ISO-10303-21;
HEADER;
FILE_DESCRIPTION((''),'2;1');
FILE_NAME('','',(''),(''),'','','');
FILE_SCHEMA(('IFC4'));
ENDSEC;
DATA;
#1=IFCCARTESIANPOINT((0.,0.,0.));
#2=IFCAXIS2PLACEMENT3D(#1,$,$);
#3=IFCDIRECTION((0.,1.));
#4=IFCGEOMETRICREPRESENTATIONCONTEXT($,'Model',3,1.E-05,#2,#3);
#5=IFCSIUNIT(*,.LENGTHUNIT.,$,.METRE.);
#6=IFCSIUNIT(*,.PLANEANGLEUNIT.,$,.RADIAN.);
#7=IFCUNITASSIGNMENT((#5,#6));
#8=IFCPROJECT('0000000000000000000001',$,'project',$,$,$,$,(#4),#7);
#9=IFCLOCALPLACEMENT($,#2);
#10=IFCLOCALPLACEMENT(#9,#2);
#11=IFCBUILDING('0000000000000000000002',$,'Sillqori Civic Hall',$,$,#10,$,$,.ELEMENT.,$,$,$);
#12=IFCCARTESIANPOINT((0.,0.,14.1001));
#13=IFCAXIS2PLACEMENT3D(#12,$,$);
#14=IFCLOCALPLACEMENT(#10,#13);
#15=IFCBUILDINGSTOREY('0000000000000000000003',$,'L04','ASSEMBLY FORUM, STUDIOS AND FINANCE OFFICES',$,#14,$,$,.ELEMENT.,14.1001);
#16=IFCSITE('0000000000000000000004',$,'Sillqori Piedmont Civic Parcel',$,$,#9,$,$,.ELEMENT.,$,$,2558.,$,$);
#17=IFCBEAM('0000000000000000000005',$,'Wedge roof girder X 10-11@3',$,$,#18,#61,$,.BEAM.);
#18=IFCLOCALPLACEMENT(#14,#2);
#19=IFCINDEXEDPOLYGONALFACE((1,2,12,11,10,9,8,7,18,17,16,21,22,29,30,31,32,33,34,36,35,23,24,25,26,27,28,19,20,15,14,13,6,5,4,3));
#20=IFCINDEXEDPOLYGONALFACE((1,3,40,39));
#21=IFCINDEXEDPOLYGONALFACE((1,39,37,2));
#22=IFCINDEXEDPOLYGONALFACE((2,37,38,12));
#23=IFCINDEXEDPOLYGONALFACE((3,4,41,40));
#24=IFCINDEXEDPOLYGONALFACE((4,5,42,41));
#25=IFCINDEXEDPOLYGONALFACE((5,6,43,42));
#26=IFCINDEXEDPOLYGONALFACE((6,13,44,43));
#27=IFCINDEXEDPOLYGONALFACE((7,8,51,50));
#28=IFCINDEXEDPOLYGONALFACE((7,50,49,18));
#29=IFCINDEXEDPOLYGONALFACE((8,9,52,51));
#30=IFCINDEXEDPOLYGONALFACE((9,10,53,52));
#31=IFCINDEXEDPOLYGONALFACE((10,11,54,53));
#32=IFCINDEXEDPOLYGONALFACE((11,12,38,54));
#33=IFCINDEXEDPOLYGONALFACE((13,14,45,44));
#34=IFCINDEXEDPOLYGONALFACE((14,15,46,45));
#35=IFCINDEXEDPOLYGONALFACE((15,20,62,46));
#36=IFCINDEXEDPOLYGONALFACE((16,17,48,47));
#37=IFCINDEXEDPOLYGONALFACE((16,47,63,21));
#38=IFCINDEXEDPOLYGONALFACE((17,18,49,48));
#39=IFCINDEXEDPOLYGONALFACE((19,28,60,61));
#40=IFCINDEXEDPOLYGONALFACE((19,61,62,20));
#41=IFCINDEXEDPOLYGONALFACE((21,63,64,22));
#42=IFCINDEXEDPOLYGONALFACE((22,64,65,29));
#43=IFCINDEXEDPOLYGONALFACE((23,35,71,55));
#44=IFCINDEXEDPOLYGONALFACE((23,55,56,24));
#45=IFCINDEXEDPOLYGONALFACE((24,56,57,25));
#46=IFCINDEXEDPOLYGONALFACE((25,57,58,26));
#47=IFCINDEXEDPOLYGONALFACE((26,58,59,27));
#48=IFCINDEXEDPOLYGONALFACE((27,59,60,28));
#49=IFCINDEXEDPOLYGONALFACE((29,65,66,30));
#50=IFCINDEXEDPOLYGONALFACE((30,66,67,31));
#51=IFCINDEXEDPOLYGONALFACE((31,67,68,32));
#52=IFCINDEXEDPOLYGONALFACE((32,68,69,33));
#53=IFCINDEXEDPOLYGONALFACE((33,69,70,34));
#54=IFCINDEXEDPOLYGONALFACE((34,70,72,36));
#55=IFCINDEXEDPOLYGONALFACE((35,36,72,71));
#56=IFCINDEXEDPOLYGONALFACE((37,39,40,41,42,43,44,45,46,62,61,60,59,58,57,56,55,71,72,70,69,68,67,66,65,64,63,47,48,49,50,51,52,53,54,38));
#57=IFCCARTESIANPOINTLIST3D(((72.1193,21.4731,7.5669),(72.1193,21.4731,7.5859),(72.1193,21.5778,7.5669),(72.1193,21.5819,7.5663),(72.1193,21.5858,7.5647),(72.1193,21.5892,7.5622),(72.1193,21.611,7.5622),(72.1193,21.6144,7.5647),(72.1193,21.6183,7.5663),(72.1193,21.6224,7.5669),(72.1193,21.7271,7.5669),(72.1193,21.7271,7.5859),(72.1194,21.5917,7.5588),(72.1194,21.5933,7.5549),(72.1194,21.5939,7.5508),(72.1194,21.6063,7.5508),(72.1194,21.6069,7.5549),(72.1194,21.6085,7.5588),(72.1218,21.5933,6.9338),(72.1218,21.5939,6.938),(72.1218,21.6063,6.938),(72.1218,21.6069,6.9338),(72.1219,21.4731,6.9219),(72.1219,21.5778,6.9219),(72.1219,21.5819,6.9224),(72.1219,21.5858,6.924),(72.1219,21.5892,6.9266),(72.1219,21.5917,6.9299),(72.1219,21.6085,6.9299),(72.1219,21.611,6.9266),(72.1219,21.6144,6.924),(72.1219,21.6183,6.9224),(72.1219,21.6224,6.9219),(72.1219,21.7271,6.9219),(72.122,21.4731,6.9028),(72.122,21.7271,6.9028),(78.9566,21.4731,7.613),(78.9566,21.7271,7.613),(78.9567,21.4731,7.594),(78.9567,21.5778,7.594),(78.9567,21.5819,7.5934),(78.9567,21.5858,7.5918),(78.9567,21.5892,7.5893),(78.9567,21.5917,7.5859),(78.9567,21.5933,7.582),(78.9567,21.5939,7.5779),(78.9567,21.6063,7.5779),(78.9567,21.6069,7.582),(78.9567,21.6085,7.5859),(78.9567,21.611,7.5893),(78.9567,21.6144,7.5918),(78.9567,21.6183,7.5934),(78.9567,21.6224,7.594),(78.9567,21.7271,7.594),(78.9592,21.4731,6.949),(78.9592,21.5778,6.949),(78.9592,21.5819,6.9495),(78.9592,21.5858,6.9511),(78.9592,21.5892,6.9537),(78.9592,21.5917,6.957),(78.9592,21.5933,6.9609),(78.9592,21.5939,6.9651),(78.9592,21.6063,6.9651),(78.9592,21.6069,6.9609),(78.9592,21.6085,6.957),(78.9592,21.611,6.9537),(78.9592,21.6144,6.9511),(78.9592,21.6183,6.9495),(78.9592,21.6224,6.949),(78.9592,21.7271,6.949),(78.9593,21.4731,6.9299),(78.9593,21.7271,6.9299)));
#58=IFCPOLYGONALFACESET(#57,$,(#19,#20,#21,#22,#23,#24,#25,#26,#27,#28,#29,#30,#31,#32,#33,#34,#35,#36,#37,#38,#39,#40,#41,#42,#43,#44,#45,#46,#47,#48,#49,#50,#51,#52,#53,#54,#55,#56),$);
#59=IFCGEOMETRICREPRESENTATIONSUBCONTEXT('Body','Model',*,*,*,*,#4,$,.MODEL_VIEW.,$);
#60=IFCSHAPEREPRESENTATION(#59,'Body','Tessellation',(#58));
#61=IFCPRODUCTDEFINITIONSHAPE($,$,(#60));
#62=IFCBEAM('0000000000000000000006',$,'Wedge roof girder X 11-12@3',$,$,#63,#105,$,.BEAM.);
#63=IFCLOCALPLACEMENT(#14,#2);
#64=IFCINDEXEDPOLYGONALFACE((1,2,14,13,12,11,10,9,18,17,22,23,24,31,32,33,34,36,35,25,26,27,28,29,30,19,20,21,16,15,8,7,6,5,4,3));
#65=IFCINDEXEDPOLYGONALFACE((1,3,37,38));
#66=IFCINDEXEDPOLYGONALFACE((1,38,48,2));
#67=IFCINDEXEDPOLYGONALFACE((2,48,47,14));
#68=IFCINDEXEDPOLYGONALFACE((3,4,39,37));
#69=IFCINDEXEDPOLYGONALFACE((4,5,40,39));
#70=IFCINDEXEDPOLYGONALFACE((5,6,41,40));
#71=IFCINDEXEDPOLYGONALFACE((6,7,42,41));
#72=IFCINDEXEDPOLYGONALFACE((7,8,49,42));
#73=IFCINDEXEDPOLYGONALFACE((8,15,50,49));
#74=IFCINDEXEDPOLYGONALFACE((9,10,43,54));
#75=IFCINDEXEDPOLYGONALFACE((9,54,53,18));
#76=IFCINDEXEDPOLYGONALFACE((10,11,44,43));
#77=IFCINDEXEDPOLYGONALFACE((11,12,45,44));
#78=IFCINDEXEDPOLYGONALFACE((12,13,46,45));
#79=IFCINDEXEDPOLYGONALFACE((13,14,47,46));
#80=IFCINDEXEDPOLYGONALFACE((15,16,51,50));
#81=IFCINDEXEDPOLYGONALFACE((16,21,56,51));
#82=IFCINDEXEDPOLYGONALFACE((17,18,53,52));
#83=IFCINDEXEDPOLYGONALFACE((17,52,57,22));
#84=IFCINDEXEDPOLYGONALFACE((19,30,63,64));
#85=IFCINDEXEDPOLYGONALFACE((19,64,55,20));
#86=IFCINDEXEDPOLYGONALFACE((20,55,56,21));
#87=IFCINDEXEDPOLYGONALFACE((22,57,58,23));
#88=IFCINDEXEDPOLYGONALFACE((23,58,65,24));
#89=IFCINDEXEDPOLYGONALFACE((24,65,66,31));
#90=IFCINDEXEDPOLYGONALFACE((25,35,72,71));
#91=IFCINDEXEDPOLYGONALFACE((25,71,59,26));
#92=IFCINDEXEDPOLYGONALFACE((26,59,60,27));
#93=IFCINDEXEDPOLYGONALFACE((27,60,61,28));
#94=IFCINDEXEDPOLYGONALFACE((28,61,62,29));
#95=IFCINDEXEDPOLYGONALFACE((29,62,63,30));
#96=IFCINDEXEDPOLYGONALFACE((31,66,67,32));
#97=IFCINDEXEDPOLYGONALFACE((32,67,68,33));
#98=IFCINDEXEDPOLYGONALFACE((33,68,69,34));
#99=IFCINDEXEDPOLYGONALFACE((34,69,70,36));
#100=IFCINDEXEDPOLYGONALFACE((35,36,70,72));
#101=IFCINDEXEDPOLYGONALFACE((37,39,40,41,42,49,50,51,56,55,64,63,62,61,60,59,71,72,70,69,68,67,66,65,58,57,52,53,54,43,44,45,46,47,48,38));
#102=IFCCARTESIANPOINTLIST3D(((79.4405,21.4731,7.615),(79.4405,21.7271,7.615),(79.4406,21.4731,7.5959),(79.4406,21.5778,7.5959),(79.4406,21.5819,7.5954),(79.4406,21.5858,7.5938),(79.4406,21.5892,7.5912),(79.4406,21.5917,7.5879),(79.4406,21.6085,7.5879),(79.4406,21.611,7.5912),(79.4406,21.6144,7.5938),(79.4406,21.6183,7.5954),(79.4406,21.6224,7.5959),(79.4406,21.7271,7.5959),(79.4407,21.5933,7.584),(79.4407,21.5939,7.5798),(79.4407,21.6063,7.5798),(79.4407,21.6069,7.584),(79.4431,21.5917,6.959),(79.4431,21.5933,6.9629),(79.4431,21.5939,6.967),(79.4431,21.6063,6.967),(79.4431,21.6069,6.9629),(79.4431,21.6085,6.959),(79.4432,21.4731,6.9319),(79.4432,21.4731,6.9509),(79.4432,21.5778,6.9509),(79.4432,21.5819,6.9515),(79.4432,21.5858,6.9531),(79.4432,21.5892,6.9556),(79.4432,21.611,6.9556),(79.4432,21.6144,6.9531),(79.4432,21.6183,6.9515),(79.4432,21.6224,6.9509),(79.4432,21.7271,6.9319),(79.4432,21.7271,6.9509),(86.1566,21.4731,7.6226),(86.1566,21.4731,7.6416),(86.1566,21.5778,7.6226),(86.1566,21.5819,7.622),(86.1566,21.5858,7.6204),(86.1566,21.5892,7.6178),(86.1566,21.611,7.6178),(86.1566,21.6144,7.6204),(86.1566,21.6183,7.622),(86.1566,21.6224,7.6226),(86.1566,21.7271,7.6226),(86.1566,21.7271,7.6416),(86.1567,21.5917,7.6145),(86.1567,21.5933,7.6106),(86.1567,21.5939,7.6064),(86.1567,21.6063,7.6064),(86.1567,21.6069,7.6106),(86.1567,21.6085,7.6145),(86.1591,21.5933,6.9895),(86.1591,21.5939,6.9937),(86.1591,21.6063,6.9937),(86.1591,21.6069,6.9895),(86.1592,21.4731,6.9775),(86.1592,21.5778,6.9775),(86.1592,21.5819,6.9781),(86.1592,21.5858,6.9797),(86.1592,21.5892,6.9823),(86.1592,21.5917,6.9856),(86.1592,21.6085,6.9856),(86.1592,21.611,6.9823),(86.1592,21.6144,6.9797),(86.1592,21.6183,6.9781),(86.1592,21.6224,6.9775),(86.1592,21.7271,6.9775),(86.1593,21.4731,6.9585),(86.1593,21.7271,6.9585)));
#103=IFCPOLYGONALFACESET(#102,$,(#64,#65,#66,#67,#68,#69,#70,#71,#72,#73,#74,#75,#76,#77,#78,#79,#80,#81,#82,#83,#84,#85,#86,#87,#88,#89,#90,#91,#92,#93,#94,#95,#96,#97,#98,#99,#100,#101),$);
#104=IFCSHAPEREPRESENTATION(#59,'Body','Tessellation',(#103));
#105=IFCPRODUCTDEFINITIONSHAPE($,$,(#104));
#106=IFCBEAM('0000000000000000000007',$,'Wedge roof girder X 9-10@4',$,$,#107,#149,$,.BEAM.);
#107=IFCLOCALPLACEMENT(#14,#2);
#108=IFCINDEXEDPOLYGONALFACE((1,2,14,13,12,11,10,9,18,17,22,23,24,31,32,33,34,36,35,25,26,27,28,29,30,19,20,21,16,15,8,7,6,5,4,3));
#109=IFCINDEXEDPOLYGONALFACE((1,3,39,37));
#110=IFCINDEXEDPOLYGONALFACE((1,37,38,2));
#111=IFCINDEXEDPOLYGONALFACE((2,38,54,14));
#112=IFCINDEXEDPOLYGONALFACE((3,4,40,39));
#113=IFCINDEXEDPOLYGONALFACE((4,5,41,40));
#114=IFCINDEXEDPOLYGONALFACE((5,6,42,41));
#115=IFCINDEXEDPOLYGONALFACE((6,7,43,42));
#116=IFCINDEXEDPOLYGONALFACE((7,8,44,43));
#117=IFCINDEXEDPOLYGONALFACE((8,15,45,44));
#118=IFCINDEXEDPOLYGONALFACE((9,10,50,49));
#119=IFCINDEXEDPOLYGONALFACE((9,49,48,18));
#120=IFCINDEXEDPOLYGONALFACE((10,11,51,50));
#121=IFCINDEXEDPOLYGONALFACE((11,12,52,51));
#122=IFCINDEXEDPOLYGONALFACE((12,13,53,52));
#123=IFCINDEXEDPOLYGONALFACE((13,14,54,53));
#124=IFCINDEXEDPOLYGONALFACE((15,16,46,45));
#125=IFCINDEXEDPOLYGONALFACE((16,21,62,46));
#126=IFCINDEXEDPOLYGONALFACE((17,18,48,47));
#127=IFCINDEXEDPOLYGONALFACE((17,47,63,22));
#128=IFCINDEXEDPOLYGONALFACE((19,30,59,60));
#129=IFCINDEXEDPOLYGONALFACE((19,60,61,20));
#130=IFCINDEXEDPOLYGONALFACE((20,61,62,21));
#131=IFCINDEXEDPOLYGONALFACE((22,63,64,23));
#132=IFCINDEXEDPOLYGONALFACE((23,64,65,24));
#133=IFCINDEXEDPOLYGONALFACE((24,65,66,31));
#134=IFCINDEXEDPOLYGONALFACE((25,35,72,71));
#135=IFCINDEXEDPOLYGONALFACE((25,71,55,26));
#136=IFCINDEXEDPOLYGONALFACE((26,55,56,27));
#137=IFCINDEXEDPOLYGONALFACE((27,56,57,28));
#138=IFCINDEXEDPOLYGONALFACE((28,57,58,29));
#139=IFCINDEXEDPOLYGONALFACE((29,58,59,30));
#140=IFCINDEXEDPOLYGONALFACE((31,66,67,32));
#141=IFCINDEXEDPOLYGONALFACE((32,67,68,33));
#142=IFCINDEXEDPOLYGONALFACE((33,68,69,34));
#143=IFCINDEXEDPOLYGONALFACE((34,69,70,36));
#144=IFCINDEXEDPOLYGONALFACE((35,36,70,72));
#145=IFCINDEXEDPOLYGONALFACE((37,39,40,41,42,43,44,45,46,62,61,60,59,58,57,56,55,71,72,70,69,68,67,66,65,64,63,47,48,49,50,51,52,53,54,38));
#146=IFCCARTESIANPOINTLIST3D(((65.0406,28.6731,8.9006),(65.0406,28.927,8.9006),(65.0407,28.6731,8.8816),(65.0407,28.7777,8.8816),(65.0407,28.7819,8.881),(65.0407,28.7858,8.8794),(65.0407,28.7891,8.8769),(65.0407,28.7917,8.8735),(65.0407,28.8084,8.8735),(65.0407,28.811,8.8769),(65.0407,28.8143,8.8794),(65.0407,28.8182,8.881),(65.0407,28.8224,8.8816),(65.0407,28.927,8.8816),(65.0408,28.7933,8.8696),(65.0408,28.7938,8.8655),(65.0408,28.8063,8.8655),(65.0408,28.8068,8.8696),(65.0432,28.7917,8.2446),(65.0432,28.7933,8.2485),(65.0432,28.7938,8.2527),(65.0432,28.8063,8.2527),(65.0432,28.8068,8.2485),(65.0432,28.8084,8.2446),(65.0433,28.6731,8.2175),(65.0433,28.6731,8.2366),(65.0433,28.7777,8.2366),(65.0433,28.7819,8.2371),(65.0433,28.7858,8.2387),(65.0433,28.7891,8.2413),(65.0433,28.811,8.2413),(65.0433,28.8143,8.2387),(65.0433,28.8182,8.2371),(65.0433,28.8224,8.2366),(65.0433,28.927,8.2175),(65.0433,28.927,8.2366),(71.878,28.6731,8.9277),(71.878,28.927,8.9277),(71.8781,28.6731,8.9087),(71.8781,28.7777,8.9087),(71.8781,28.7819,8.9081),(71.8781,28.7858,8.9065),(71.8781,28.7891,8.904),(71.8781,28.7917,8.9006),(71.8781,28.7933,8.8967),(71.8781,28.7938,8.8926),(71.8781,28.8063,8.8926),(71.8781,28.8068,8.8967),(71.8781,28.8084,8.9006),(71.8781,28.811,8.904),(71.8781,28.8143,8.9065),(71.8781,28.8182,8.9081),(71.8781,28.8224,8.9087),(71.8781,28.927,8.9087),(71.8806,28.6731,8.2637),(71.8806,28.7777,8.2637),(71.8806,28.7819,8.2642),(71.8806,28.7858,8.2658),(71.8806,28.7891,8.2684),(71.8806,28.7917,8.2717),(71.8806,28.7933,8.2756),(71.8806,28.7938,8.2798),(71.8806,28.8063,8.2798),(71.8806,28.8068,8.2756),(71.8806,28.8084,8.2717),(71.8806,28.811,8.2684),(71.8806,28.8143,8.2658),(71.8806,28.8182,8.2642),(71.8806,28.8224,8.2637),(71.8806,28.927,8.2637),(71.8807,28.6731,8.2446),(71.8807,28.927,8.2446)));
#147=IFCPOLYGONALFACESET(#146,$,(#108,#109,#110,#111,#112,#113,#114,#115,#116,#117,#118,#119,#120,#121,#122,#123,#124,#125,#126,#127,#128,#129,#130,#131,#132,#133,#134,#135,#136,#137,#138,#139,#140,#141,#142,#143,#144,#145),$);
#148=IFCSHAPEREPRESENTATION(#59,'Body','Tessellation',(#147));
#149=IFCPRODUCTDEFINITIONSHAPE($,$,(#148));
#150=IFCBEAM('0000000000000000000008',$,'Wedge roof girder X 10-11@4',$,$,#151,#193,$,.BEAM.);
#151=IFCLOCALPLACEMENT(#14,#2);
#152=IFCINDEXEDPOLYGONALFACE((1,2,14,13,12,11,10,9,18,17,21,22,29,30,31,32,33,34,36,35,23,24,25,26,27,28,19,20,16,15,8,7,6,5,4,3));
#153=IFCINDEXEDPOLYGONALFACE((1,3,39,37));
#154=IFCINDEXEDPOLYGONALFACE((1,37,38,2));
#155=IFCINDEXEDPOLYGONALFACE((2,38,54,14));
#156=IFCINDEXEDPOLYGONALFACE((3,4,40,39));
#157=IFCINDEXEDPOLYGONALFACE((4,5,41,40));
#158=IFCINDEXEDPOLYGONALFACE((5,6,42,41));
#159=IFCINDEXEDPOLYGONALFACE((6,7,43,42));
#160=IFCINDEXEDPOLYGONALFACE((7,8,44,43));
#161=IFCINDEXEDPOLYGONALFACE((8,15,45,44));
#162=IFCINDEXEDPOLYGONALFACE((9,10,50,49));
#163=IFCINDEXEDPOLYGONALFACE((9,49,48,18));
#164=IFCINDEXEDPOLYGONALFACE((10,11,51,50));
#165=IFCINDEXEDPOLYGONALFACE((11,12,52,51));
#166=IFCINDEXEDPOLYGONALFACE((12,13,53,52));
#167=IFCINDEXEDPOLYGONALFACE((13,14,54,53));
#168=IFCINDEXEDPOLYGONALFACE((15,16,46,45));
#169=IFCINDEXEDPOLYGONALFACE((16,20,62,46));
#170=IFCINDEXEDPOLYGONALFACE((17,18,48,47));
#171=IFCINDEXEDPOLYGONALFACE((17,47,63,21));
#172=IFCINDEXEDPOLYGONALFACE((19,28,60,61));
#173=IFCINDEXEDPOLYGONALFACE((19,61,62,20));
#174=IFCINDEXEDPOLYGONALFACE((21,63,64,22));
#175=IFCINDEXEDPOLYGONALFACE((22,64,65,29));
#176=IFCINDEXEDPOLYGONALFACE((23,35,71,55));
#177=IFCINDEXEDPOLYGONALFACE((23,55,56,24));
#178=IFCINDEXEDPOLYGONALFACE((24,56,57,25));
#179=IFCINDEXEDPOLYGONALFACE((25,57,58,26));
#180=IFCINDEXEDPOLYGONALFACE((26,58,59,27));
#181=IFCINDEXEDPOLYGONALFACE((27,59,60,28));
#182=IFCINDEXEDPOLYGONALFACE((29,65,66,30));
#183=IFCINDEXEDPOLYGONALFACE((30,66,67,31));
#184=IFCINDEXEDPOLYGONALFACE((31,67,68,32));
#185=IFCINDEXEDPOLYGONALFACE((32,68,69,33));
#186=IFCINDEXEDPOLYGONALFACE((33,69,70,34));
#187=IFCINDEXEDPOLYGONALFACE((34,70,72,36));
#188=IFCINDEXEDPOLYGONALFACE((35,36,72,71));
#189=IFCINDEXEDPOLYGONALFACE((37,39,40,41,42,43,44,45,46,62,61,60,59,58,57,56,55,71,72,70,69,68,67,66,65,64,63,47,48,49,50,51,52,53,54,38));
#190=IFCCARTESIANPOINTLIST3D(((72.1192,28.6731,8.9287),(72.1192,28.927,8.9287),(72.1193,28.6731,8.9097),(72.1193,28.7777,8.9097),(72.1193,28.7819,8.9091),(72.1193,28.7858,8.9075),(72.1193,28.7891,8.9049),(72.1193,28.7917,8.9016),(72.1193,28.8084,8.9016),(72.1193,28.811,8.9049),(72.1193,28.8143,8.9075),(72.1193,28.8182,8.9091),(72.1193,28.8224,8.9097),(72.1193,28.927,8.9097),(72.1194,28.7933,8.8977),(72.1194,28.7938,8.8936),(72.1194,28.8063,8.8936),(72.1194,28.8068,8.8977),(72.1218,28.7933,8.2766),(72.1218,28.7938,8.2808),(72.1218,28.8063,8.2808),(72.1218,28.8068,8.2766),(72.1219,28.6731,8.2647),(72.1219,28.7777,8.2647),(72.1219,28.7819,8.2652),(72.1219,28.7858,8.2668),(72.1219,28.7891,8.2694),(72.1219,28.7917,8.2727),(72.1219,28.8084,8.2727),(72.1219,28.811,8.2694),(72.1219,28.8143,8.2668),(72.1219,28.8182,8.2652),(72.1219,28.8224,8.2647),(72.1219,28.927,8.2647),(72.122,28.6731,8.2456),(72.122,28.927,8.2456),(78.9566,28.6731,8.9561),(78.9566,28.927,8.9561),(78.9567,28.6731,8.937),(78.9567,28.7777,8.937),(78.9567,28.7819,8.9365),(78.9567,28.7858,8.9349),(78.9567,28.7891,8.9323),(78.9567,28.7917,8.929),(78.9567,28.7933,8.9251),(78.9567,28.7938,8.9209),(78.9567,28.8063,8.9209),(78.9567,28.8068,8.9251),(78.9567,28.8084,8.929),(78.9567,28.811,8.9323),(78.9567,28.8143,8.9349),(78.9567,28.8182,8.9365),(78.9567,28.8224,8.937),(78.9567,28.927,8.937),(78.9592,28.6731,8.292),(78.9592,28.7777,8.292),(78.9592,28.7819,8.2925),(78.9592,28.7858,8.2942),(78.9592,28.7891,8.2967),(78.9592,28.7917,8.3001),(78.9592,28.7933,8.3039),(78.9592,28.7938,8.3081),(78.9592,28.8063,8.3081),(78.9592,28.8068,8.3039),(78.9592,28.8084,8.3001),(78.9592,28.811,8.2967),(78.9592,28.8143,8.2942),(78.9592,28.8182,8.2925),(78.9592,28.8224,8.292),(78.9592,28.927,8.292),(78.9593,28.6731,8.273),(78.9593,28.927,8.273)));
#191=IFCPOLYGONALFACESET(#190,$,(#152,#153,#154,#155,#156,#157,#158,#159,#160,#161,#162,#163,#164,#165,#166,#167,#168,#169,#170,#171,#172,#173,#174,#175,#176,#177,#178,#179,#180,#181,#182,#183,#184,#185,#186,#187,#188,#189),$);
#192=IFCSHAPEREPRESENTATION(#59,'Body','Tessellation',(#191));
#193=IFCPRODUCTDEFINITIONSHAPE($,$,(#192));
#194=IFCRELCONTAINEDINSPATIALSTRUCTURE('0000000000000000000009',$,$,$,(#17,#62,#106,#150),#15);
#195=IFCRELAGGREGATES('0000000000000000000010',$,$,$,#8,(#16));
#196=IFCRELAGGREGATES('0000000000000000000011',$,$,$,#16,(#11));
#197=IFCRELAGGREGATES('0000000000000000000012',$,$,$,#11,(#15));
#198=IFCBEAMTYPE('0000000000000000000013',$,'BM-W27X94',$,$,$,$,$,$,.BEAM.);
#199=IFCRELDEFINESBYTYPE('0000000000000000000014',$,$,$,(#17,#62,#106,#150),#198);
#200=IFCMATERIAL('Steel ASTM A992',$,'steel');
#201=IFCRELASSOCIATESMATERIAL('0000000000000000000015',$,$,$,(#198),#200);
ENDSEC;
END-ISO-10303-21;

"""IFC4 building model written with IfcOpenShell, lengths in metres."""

from ifc_helpers import new_model, si_unit, direction, frame, origin, origin_2d, place, context, subcontext, project, spatial, i_section, extrude, material, material_profile, profile_set, type_object, element, save


model = new_model("IFC4")

# Units and contexts
model_context = context("Model", 3, precision=1e-05, world=origin(), true_north=direction((0.0, 1.0)))
body_context = subcontext(model_context, "Body", "Model", "MODEL_VIEW")
ifc_project = project(units=[si_unit("LENGTHUNIT", "METRE"), si_unit("PLANEANGLEUNIT", "RADIAN")], contexts=[model_context])

# Site, building, storey
site_placement = place(None, origin())
site = spatial("IfcSite", under=ifc_project, at=site_placement, Name="Sillqori Piedmont Civic Parcel", CompositionType="ELEMENT", RefElevation=2558.0)
building_placement = place(site_placement, origin())
building = spatial("IfcBuilding", under=site, at=building_placement, Name="Sillqori Civic Hall", CompositionType="ELEMENT")
storey_placement = place(building_placement, frame((0.0, 0.0, 14.1001)))
storey = spatial("IfcBuildingStorey", under=building, at=storey_placement, Name="L04", Description="ASSEMBLY FORUM, STUDIOS AND FINANCE OFFICES", CompositionType="ELEMENT", Elevation=14.1001)

# Shared definitions
ifc_material_1 = material(Name="Steel ASTM A992", Category="steel")

# Beams
ifc_material_profile_1 = material_profile(ifc_material_1, i_section(OverallWidth=0.2539, OverallDepth=0.6831, WebThickness=0.0125, FlangeThickness=0.019, FilletRadius=0.0161, at=origin_2d()), Name="W27X94")
ifc_profile_set_1 = profile_set([ifc_material_profile_1], Name="Steel ASTM A992")
beam_type_1 = type_object("IfcBeamType", Name="BM-W27X94", PredefinedType="BEAM", material=ifc_profile_set_1)
for number, where, z_axis, x_axis, name in (
    (1, (72.1206, 21.6001, 7.2444), (0.999992, 0.0, 0.003963), (0.0, 1.0, 0.0), "Wedge roof girder X 10-11@3"),
):
    element("IfcBeam", number, at=place(storey_placement, frame(where, z_axis=z_axis, x_axis=x_axis)), inside=storey, type_object=beam_type_1, Name=name, PredefinedType="BEAM", context=body_context, shape_type="SweptSolid", body=[
        extrude(i_section(OverallWidth=0.2539, OverallDepth=0.6831, WebThickness=0.0125, FlangeThickness=0.019, FilletRadius=0.0161, at=origin_2d()), origin(), (0.0, 0.0, 1.0), 6.8374),
    ])
beam_1_placement = place(storey_placement, frame((79.4419, 21.6001, 7.2734), z_axis=(0.999992, 0.0, 0.003962), x_axis=(0.0, 1.0, 0.0)))
element("IfcBeam", 2, at=beam_1_placement, inside=storey, type_object=beam_type_1, Name="Wedge roof girder X 11-12@3", PredefinedType="BEAM", context=body_context, shape_type="SweptSolid", body=[
    extrude(i_section(OverallWidth=0.2539, OverallDepth=0.6831, WebThickness=0.0125, FlangeThickness=0.019, FilletRadius=0.0161, at=origin_2d()), origin(), (0.0, 0.0, 1.0), 6.7161),
])
for number, where, z_axis, x_axis, name in (
    (3, (65.042, 28.8, 8.5591), (0.999992, 0.0, 0.003963), (0.0, 1.0, 0.0), "Wedge roof girder X 9-10@4"),
    (4, (72.1206, 28.8, 8.5872), (0.999992, 0.0, 0.003999), (0.0, 1.0, 0.0), "Wedge roof girder X 10-11@4"),
):
    element("IfcBeam", number, at=place(storey_placement, frame(where, z_axis=z_axis, x_axis=x_axis)), inside=storey, type_object=beam_type_1, Name=name, PredefinedType="BEAM", context=body_context, shape_type="SweptSolid", body=[
        extrude(i_section(OverallWidth=0.2539, OverallDepth=0.6831, WebThickness=0.0125, FlangeThickness=0.019, FilletRadius=0.0161, at=origin_2d()), origin(), (0.0, 0.0, 1.0), 6.8374),
    ])

save(model, "model.ifc")
